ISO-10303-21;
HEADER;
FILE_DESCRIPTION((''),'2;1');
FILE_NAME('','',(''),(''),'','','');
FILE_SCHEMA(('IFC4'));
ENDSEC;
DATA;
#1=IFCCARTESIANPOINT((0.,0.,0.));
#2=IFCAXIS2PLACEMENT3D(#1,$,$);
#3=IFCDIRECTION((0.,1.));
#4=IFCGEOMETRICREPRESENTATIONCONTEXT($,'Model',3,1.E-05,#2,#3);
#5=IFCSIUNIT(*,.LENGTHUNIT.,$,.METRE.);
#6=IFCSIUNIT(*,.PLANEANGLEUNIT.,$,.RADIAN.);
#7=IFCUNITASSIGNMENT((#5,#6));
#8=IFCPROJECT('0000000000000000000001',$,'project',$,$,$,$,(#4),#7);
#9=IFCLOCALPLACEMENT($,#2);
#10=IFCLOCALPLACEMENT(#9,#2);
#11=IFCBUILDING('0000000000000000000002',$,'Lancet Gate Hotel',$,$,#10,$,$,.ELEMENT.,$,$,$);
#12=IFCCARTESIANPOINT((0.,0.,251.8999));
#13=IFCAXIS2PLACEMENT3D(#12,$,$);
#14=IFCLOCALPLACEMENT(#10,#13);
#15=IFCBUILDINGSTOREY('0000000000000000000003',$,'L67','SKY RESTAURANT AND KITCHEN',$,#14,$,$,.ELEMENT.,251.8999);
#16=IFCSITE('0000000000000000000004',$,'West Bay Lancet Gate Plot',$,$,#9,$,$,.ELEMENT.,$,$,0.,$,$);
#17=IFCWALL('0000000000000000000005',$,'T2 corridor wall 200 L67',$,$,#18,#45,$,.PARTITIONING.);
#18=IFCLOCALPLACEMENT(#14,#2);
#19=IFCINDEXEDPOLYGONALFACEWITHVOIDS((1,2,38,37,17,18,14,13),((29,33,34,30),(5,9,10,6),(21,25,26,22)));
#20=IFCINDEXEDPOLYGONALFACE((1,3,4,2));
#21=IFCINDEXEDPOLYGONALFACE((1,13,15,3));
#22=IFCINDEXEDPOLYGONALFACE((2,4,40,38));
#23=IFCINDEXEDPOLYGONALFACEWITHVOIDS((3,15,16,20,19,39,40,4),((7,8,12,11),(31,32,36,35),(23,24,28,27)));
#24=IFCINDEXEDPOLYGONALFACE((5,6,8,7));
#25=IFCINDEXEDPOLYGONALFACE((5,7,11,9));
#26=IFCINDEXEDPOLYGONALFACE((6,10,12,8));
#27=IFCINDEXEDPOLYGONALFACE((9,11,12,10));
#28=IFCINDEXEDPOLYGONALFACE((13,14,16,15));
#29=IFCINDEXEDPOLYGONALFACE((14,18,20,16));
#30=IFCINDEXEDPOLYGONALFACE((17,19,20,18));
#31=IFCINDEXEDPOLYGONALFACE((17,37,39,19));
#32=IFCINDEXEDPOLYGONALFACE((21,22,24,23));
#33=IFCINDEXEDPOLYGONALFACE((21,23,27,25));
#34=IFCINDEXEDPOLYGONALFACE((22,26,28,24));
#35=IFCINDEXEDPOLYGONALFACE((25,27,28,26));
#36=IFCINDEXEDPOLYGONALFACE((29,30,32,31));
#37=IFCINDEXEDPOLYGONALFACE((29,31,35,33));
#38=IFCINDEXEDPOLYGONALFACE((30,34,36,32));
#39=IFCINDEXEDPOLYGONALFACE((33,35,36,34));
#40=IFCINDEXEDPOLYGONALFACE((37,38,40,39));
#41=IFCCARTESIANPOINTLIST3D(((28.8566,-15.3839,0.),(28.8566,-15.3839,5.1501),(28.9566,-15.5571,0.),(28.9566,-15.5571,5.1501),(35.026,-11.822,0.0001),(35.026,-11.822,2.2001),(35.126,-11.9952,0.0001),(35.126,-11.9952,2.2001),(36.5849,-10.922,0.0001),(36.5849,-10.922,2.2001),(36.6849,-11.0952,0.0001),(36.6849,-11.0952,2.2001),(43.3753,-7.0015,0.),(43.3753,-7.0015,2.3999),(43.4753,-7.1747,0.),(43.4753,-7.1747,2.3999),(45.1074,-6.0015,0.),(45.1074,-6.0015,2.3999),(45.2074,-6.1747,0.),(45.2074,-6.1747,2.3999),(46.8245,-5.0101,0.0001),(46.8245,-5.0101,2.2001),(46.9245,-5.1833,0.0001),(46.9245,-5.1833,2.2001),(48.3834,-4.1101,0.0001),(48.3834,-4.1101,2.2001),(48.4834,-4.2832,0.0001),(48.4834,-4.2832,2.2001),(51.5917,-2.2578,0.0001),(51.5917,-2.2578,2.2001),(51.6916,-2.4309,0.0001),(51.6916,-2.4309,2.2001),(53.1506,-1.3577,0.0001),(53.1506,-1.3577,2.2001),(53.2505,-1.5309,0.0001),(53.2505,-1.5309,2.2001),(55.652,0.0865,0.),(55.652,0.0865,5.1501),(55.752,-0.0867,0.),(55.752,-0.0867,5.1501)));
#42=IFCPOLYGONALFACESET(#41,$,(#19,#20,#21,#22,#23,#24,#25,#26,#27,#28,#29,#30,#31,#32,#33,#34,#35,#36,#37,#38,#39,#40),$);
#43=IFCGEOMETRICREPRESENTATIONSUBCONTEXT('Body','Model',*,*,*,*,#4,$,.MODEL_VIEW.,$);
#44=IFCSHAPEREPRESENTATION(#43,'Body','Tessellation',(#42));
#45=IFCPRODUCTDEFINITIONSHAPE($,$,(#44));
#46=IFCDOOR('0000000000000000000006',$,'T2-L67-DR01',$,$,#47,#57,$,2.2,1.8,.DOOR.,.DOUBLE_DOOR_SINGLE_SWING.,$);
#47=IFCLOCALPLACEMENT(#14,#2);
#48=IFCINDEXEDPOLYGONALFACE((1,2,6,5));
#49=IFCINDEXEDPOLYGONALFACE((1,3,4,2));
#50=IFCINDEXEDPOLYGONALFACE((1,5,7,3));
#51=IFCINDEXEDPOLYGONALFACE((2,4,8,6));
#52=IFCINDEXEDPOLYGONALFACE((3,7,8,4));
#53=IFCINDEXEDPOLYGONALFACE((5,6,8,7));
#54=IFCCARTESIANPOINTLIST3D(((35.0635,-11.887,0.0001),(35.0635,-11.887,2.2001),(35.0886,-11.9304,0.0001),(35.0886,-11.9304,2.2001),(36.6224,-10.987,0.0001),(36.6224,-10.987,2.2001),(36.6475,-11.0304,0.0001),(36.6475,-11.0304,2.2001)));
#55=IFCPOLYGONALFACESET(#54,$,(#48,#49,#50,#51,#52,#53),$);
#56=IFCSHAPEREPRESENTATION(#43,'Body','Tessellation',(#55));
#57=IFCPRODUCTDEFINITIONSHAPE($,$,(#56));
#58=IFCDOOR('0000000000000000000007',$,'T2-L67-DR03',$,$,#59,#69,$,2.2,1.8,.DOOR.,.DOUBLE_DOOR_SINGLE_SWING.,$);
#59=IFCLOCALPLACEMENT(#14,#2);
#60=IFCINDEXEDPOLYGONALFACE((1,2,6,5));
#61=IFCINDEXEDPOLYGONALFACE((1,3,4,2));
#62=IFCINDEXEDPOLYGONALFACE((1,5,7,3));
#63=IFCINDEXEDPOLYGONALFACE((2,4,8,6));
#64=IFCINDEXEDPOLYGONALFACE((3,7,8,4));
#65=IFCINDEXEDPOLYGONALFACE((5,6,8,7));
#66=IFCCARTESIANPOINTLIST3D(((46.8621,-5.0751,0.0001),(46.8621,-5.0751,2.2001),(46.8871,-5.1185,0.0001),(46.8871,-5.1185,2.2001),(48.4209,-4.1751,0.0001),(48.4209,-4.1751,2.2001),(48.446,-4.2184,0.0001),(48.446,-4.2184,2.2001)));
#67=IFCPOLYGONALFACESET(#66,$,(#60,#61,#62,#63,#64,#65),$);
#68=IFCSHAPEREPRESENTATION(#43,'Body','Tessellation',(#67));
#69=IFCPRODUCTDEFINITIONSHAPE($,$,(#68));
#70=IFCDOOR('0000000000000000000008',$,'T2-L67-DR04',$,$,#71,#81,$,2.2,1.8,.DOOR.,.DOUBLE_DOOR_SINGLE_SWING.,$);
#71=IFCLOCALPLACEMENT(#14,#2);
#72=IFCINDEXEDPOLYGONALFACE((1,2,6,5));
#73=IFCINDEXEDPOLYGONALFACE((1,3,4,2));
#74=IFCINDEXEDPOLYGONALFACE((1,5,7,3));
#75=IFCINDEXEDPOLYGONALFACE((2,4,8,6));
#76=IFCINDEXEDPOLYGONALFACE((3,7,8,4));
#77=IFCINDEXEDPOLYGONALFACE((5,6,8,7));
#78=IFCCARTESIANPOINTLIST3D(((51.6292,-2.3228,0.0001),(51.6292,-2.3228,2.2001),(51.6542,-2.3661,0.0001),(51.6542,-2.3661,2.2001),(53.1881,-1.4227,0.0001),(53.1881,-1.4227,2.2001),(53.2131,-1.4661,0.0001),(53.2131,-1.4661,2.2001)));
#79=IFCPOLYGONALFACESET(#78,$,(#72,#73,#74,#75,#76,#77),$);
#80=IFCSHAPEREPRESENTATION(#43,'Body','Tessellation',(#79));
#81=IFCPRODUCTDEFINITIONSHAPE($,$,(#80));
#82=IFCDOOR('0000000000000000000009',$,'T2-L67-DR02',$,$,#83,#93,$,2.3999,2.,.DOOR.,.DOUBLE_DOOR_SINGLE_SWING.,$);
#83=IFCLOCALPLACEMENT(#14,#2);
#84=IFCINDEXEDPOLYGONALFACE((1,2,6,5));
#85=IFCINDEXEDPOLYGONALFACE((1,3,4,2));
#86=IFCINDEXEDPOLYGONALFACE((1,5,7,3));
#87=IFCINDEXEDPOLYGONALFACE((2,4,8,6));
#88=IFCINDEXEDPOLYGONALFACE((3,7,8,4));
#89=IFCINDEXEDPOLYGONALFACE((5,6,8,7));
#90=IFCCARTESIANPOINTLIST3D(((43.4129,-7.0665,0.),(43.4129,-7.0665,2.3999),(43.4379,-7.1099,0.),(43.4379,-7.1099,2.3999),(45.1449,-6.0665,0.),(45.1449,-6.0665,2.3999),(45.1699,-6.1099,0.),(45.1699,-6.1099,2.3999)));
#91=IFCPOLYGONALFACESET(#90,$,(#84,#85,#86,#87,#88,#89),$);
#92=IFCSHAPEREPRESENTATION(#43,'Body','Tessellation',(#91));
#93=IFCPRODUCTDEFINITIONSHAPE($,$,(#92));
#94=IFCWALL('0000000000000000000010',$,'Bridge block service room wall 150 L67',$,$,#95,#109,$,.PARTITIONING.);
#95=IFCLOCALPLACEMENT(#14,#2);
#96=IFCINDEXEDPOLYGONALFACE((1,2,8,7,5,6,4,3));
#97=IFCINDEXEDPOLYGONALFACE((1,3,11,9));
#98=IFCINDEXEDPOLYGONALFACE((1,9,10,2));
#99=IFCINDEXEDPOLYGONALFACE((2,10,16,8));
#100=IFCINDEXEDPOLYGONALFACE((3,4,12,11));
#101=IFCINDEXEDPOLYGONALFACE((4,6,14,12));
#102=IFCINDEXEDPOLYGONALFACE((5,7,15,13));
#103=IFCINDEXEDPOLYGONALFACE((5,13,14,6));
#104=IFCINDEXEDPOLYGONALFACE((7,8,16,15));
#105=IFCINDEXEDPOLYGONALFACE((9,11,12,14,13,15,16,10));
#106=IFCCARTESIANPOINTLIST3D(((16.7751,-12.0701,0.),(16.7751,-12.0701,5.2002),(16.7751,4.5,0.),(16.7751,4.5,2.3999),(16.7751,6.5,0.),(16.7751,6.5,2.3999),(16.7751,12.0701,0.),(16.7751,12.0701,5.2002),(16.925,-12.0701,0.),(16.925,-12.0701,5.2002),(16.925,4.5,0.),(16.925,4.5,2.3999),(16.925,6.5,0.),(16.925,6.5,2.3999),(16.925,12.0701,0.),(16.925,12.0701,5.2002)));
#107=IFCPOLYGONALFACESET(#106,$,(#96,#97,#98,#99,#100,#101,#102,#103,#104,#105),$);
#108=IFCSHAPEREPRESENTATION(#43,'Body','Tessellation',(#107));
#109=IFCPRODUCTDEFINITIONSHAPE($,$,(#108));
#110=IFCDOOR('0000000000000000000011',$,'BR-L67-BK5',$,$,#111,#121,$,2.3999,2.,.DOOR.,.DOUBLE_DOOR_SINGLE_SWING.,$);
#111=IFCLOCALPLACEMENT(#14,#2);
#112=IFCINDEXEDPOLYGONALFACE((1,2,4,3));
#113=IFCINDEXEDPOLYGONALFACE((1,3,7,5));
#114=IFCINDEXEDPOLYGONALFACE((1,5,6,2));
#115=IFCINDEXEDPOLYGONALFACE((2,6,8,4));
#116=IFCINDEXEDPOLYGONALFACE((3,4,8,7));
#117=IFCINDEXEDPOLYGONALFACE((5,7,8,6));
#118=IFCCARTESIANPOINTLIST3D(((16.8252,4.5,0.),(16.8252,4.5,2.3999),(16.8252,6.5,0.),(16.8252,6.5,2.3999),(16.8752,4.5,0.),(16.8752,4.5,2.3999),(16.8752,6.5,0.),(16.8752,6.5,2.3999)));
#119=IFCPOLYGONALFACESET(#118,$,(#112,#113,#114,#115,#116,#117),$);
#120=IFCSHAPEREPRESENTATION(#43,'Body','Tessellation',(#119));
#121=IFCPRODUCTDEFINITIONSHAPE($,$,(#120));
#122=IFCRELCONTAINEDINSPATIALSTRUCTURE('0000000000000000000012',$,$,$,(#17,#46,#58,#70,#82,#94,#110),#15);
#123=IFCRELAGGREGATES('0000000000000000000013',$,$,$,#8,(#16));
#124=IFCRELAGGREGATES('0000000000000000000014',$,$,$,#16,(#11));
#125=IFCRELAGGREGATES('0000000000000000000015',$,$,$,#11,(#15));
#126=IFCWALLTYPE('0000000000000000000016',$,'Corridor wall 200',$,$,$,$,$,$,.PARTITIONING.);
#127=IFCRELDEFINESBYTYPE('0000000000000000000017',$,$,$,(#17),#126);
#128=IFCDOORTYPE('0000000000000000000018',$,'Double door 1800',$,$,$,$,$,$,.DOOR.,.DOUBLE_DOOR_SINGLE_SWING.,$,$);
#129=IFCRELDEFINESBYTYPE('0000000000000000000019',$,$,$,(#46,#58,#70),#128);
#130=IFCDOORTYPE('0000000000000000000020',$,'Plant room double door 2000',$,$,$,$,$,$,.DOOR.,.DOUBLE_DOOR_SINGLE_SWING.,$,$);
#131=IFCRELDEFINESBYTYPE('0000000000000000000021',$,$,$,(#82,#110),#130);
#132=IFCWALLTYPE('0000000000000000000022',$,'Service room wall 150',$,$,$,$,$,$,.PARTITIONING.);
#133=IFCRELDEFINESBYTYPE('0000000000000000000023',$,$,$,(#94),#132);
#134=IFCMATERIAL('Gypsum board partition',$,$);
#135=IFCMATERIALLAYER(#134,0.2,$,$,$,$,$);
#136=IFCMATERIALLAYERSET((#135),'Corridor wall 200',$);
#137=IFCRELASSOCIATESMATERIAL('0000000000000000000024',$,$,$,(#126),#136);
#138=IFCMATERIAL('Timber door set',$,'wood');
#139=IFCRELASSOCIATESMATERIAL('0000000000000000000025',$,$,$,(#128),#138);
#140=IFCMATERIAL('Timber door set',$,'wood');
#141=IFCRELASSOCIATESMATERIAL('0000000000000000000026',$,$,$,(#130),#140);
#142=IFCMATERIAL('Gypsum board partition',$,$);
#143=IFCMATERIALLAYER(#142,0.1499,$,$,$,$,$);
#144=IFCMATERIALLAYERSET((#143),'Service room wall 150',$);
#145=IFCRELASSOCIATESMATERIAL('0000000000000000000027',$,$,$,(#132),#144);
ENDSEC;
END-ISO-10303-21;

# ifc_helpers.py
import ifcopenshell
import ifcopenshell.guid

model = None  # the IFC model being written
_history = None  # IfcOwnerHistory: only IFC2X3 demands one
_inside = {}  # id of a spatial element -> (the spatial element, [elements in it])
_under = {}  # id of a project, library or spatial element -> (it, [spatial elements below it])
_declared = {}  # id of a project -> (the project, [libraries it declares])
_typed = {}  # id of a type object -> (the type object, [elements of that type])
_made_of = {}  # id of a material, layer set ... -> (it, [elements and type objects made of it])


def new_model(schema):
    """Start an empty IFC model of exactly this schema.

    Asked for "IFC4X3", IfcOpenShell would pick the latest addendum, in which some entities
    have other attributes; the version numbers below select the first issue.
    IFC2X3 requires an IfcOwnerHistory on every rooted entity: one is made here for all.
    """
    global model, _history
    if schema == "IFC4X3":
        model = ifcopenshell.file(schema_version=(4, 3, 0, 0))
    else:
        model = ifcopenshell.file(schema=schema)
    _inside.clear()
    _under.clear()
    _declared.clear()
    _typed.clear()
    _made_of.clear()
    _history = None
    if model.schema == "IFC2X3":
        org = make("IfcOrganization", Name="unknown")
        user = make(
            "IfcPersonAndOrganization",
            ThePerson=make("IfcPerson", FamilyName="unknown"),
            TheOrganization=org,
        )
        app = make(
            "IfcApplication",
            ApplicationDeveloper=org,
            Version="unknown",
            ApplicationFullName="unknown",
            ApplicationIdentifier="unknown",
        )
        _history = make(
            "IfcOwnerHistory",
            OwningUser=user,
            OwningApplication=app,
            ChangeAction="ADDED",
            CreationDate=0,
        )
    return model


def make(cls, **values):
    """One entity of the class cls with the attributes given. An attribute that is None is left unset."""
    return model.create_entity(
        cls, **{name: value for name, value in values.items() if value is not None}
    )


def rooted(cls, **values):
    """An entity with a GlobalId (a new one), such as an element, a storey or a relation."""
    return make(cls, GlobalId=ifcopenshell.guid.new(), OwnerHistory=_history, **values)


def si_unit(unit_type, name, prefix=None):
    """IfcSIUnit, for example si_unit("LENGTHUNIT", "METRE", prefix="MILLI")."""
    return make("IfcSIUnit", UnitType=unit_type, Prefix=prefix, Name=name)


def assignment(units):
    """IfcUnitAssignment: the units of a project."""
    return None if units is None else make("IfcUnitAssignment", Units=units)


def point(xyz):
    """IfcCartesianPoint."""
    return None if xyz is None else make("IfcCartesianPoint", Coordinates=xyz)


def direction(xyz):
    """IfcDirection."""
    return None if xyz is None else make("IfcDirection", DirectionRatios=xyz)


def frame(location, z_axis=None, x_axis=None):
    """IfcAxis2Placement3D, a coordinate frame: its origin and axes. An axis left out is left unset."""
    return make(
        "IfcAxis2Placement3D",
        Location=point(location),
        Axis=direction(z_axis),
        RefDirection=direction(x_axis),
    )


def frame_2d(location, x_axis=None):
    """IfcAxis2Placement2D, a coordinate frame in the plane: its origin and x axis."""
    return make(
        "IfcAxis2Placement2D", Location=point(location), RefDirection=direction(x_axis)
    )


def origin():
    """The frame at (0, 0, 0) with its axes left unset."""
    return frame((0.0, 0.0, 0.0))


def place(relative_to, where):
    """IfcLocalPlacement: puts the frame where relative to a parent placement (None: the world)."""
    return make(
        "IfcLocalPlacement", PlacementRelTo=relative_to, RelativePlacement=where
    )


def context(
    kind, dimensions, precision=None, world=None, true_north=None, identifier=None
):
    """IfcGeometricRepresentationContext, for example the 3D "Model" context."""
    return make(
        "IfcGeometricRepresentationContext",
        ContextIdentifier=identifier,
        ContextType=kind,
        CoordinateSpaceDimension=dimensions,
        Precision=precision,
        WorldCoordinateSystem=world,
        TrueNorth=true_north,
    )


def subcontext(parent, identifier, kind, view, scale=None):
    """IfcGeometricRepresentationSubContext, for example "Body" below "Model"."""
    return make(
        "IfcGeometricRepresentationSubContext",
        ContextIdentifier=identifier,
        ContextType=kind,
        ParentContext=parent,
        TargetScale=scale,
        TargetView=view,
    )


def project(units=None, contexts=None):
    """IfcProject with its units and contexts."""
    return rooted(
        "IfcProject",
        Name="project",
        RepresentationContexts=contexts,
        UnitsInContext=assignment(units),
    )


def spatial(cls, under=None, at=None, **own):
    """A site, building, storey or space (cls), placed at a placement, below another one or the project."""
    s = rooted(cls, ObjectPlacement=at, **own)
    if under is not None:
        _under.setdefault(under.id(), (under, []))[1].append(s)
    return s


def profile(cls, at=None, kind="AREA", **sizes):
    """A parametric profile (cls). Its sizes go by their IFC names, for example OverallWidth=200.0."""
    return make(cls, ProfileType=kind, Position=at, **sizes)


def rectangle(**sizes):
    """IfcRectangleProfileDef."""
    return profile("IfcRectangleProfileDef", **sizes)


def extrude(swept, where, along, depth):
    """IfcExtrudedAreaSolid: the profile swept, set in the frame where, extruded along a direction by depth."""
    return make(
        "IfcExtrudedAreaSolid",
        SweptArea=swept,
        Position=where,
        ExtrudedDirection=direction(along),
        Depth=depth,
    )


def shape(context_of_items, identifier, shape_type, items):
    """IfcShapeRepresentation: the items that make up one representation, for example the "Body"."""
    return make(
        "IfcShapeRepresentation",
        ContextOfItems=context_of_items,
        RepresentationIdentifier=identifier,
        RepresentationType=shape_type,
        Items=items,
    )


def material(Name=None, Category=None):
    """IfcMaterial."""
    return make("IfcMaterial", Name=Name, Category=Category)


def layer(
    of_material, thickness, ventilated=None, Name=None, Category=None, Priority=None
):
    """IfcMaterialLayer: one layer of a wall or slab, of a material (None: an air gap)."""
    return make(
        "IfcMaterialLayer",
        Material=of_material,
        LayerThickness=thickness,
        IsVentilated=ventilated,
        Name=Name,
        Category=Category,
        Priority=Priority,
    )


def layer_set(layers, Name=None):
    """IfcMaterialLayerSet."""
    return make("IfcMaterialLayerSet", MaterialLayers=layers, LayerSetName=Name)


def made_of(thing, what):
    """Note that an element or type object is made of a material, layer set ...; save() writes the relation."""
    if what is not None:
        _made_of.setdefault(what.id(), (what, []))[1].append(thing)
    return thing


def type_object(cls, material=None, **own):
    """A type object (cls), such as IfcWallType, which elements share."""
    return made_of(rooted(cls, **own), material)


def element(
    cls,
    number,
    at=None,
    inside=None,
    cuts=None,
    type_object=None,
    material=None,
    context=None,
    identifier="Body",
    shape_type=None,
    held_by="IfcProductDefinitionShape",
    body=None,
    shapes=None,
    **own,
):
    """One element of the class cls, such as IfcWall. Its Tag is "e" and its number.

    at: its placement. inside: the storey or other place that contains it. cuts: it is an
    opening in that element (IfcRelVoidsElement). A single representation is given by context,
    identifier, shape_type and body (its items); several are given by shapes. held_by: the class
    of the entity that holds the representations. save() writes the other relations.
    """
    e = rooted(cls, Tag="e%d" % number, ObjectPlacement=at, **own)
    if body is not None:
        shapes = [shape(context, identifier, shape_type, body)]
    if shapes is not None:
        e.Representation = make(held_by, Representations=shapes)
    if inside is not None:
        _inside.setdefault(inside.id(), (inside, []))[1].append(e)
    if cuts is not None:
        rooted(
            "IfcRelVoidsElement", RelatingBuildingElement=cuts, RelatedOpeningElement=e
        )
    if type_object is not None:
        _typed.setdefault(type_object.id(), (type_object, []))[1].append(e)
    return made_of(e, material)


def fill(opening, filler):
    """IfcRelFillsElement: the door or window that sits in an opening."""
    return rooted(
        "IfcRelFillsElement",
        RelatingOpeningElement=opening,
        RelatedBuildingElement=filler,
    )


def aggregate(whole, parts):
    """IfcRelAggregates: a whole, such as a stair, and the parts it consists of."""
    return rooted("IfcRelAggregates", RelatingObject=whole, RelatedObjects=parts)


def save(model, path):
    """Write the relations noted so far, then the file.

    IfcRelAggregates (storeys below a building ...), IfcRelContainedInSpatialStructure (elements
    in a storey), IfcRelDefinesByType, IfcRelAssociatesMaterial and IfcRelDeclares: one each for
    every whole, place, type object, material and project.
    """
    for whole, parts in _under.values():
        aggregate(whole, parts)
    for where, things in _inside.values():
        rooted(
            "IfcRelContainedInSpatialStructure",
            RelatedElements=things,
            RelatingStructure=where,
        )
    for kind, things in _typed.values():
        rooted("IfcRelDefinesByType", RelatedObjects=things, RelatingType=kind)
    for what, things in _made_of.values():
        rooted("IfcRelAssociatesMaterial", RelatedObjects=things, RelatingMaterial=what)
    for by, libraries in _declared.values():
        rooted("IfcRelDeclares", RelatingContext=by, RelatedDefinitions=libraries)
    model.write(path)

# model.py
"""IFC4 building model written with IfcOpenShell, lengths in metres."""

from ifc_helpers import new_model, si_unit, direction, frame, frame_2d, origin, place, context, subcontext, project, spatial, rectangle, extrude, material, layer, layer_set, type_object, element, fill, save


model = new_model("IFC4")

# Units and contexts
model_context = context("Model", 3, precision=1e-05, world=origin(), true_north=direction((0.0, 1.0)))
body_context = subcontext(model_context, "Body", "Model", "MODEL_VIEW")
ifc_project = project(units=[si_unit("LENGTHUNIT", "METRE"), si_unit("PLANEANGLEUNIT", "RADIAN")], contexts=[model_context])

# Site, building, storey
site_placement = place(None, origin())
site = spatial("IfcSite", under=ifc_project, at=site_placement, Name="West Bay Lancet Gate Plot", CompositionType="ELEMENT", RefElevation=0.0)
building_placement = place(site_placement, origin())
building = spatial("IfcBuilding", under=site, at=building_placement, Name="Lancet Gate Hotel", CompositionType="ELEMENT")
storey_placement = place(building_placement, frame((0.0, 0.0, 251.8999)))
storey = spatial("IfcBuildingStorey", under=building, at=storey_placement, Name="L67", Description="SKY RESTAURANT AND KITCHEN", CompositionType="ELEMENT", Elevation=251.8999)

# Wall, openings, doors
ifc_material_1 = material(Name="Gypsum board partition")
ifc_layer_1 = layer(ifc_material_1, 0.2)
ifc_layer_set_1 = layer_set([ifc_layer_1], Name="Corridor wall 200")
wall_type_1 = type_object("IfcWallType", Name="Corridor wall 200", PredefinedType="PARTITIONING", material=ifc_layer_set_1)
wall_1_placement = place(storey_placement, frame((28.9067, -15.4705, 0.0), z_axis=(0.0, 0.0, 1.0), x_axis=(0.866024, 0.500003, 0.0)))
wall_1 = element("IfcWall", 1, at=wall_1_placement, inside=storey, type_object=wall_type_1, Name="T2 corridor wall 200 L67", PredefinedType="PARTITIONING", context=body_context, shape_type="SweptSolid", body=[
    extrude(rectangle(XDim=30.9407, YDim=0.2, at=frame_2d((15.4702, 0.0))), origin(), (0.0, 0.0, 1.0), 5.1501),
])
opening_1_placement = place(wall_1_placement, frame((7.1238, 0.0, 0.0)))
opening_1 = element("IfcOpeningElement", 2, at=opening_1_placement, cuts=wall_1, PredefinedType="OPENING", context=body_context, shape_type="SweptSolid", body=[
    extrude(rectangle(XDim=1.8, YDim=2.2, at=frame_2d((0.8999, 1.1001))), frame((0.0, 0.1099, 0.0), z_axis=(0.0, -1.0, 0.0), x_axis=(1.0, 0.0, 0.0)), (0.0, 0.0, 1.0), 0.22),
])
opening_2_placement = place(wall_1_placement, frame((16.7646, 0.0, 0.0)))
opening_2 = element("IfcOpeningElement", 3, at=opening_2_placement, cuts=wall_1, PredefinedType="OPENING", context=body_context, shape_type="SweptSolid", body=[
    extrude(rectangle(XDim=2.0, YDim=2.3999, at=frame_2d((1.0, 1.2))), frame((0.0, 0.1099, 0.0), z_axis=(0.0, -1.0, 0.0), x_axis=(1.0, 0.0, 0.0)), (0.0, 0.0, 1.0), 0.22),
])
opening_3_placement = place(wall_1_placement, frame((20.7476, 0.0, 0.0)))
opening_3 = element("IfcOpeningElement", 4, at=opening_3_placement, cuts=wall_1, PredefinedType="OPENING", context=body_context, shape_type="SweptSolid", body=[
    extrude(rectangle(XDim=1.8, YDim=2.2, at=frame_2d((0.8999, 1.1001))), frame((0.0, 0.1099, 0.0), z_axis=(0.0, -1.0, 0.0), x_axis=(1.0, 0.0, 0.0)), (0.0, 0.0, 1.0), 0.22),
])
opening_4_placement = place(wall_1_placement, frame((26.2522, 0.0, 0.0)))
opening_4 = element("IfcOpeningElement", 5, at=opening_4_placement, cuts=wall_1, PredefinedType="OPENING", context=body_context, shape_type="SweptSolid", body=[
    extrude(rectangle(XDim=1.8, YDim=2.2, at=frame_2d((0.8999, 1.1001))), frame((0.0, 0.1099, 0.0), z_axis=(0.0, -1.0, 0.0), x_axis=(1.0, 0.0, 0.0)), (0.0, 0.0, 1.0), 0.22),
])
ifc_material_2 = material(Name="Timber door set", Category="wood")
door_type_1 = type_object("IfcDoorType", Name="Double door 1800", OperationType="DOUBLE_DOOR_SINGLE_SWING", PredefinedType="DOOR", material=ifc_material_2)
door_1_placement = place(opening_1_placement, origin())
door_1 = element("IfcDoor", 6, at=door_1_placement, inside=storey, type_object=door_type_1, Name="T2-L67-DR01", OperationType="DOUBLE_DOOR_SINGLE_SWING", OverallHeight=2.2, OverallWidth=1.8, PredefinedType="DOOR", context=body_context, shape_type="SweptSolid", body=[
    extrude(rectangle(XDim=1.8, YDim=2.2, at=frame_2d((0.8999, 1.1001))), frame((0.0, 0.0249, 0.0), z_axis=(0.0, -1.0, 0.0), x_axis=(1.0, 0.0, 0.0)), (0.0, 0.0, 1.0), 0.05),
])
fill(opening_1, door_1)
door_2_placement = place(opening_3_placement, origin())
door_2 = element("IfcDoor", 7, at=door_2_placement, inside=storey, type_object=door_type_1, Name="T2-L67-DR03", OperationType="DOUBLE_DOOR_SINGLE_SWING", OverallHeight=2.2, OverallWidth=1.8, PredefinedType="DOOR", context=body_context, shape_type="SweptSolid", body=[
    extrude(rectangle(XDim=1.8, YDim=2.2, at=frame_2d((0.8999, 1.1001))), frame((0.0, 0.0249, 0.0), z_axis=(0.0, -1.0, 0.0), x_axis=(1.0, 0.0, 0.0)), (0.0, 0.0, 1.0), 0.05),
])
fill(opening_3, door_2)
door_3_placement = place(opening_4_placement, origin())
door_3 = element("IfcDoor", 8, at=door_3_placement, inside=storey, type_object=door_type_1, Name="T2-L67-DR04", OperationType="DOUBLE_DOOR_SINGLE_SWING", OverallHeight=2.2, OverallWidth=1.8, PredefinedType="DOOR", context=body_context, shape_type="SweptSolid", body=[
    extrude(rectangle(XDim=1.8, YDim=2.2, at=frame_2d((0.8999, 1.1001))), frame((0.0, 0.0249, 0.0), z_axis=(0.0, -1.0, 0.0), x_axis=(1.0, 0.0, 0.0)), (0.0, 0.0, 1.0), 0.05),
])
fill(opening_4, door_3)
ifc_material_3 = material(Name="Timber door set", Category="wood")
door_type_2 = type_object("IfcDoorType", Name="Plant room double door 2000", OperationType="DOUBLE_DOOR_SINGLE_SWING", PredefinedType="DOOR", material=ifc_material_3)
door_4_placement = place(opening_2_placement, origin())
door_4 = element("IfcDoor", 9, at=door_4_placement, inside=storey, type_object=door_type_2, Name="T2-L67-DR02", OperationType="DOUBLE_DOOR_SINGLE_SWING", OverallHeight=2.3999, OverallWidth=2.0, PredefinedType="DOOR", context=body_context, shape_type="SweptSolid", body=[
    extrude(rectangle(XDim=2.0, YDim=2.3999, at=frame_2d((1.0, 1.2))), frame((0.0, 0.0249, 0.0), z_axis=(0.0, -1.0, 0.0), x_axis=(1.0, 0.0, 0.0)), (0.0, 0.0, 1.0), 0.05),
])
fill(opening_2, door_4)

# Wall, opening, door
ifc_material_4 = material(Name="Gypsum board partition")
ifc_layer_2 = layer(ifc_material_4, 0.1499)
ifc_layer_set_2 = layer_set([ifc_layer_2], Name="Service room wall 150")
wall_type_2 = type_object("IfcWallType", Name="Service room wall 150", PredefinedType="PARTITIONING", material=ifc_layer_set_2)
wall_2_placement = place(storey_placement, frame((16.8501, -12.0701, 0.0), z_axis=(0.0, 0.0, 1.0), x_axis=(0.0, 1.0, 0.0)))
wall_2 = element("IfcWall", 10, at=wall_2_placement, inside=storey, type_object=wall_type_2, Name="Bridge block service room wall 150 L67", PredefinedType="PARTITIONING", context=body_context, shape_type="SweptSolid", body=[
    extrude(rectangle(XDim=24.1401, YDim=0.1499, at=frame_2d((12.0701, 0.0))), origin(), (0.0, 0.0, 1.0), 5.2002),
])
opening_5_placement = place(wall_2_placement, frame((16.5701, 0.0, 0.0)))
opening_5 = element("IfcOpeningElement", 11, at=opening_5_placement, cuts=wall_2, PredefinedType="OPENING", context=body_context, shape_type="SweptSolid", body=[
    extrude(rectangle(XDim=2.0, YDim=2.3999, at=frame_2d((1.0, 1.2))), frame((0.0, 0.085, 0.0), z_axis=(0.0, -1.0, 0.0), x_axis=(1.0, 0.0, 0.0)), (0.0, 0.0, 1.0), 0.1699),
])
door_5_placement = place(opening_5_placement, origin())
door_5 = element("IfcDoor", 12, at=door_5_placement, inside=storey, type_object=door_type_2, Name="BR-L67-BK5", OperationType="DOUBLE_DOOR_SINGLE_SWING", OverallHeight=2.3999, OverallWidth=2.0, PredefinedType="DOOR", context=body_context, shape_type="SweptSolid", body=[
    extrude(rectangle(XDim=2.0, YDim=2.3999, at=frame_2d((1.0, 1.2))), frame((0.0, 0.0249, 0.0), z_axis=(0.0, -1.0, 0.0), x_axis=(1.0, 0.0, 0.0)), (0.0, 0.0, 1.0), 0.05),
])
fill(opening_5, door_5)

save(model, "model.ifc")
